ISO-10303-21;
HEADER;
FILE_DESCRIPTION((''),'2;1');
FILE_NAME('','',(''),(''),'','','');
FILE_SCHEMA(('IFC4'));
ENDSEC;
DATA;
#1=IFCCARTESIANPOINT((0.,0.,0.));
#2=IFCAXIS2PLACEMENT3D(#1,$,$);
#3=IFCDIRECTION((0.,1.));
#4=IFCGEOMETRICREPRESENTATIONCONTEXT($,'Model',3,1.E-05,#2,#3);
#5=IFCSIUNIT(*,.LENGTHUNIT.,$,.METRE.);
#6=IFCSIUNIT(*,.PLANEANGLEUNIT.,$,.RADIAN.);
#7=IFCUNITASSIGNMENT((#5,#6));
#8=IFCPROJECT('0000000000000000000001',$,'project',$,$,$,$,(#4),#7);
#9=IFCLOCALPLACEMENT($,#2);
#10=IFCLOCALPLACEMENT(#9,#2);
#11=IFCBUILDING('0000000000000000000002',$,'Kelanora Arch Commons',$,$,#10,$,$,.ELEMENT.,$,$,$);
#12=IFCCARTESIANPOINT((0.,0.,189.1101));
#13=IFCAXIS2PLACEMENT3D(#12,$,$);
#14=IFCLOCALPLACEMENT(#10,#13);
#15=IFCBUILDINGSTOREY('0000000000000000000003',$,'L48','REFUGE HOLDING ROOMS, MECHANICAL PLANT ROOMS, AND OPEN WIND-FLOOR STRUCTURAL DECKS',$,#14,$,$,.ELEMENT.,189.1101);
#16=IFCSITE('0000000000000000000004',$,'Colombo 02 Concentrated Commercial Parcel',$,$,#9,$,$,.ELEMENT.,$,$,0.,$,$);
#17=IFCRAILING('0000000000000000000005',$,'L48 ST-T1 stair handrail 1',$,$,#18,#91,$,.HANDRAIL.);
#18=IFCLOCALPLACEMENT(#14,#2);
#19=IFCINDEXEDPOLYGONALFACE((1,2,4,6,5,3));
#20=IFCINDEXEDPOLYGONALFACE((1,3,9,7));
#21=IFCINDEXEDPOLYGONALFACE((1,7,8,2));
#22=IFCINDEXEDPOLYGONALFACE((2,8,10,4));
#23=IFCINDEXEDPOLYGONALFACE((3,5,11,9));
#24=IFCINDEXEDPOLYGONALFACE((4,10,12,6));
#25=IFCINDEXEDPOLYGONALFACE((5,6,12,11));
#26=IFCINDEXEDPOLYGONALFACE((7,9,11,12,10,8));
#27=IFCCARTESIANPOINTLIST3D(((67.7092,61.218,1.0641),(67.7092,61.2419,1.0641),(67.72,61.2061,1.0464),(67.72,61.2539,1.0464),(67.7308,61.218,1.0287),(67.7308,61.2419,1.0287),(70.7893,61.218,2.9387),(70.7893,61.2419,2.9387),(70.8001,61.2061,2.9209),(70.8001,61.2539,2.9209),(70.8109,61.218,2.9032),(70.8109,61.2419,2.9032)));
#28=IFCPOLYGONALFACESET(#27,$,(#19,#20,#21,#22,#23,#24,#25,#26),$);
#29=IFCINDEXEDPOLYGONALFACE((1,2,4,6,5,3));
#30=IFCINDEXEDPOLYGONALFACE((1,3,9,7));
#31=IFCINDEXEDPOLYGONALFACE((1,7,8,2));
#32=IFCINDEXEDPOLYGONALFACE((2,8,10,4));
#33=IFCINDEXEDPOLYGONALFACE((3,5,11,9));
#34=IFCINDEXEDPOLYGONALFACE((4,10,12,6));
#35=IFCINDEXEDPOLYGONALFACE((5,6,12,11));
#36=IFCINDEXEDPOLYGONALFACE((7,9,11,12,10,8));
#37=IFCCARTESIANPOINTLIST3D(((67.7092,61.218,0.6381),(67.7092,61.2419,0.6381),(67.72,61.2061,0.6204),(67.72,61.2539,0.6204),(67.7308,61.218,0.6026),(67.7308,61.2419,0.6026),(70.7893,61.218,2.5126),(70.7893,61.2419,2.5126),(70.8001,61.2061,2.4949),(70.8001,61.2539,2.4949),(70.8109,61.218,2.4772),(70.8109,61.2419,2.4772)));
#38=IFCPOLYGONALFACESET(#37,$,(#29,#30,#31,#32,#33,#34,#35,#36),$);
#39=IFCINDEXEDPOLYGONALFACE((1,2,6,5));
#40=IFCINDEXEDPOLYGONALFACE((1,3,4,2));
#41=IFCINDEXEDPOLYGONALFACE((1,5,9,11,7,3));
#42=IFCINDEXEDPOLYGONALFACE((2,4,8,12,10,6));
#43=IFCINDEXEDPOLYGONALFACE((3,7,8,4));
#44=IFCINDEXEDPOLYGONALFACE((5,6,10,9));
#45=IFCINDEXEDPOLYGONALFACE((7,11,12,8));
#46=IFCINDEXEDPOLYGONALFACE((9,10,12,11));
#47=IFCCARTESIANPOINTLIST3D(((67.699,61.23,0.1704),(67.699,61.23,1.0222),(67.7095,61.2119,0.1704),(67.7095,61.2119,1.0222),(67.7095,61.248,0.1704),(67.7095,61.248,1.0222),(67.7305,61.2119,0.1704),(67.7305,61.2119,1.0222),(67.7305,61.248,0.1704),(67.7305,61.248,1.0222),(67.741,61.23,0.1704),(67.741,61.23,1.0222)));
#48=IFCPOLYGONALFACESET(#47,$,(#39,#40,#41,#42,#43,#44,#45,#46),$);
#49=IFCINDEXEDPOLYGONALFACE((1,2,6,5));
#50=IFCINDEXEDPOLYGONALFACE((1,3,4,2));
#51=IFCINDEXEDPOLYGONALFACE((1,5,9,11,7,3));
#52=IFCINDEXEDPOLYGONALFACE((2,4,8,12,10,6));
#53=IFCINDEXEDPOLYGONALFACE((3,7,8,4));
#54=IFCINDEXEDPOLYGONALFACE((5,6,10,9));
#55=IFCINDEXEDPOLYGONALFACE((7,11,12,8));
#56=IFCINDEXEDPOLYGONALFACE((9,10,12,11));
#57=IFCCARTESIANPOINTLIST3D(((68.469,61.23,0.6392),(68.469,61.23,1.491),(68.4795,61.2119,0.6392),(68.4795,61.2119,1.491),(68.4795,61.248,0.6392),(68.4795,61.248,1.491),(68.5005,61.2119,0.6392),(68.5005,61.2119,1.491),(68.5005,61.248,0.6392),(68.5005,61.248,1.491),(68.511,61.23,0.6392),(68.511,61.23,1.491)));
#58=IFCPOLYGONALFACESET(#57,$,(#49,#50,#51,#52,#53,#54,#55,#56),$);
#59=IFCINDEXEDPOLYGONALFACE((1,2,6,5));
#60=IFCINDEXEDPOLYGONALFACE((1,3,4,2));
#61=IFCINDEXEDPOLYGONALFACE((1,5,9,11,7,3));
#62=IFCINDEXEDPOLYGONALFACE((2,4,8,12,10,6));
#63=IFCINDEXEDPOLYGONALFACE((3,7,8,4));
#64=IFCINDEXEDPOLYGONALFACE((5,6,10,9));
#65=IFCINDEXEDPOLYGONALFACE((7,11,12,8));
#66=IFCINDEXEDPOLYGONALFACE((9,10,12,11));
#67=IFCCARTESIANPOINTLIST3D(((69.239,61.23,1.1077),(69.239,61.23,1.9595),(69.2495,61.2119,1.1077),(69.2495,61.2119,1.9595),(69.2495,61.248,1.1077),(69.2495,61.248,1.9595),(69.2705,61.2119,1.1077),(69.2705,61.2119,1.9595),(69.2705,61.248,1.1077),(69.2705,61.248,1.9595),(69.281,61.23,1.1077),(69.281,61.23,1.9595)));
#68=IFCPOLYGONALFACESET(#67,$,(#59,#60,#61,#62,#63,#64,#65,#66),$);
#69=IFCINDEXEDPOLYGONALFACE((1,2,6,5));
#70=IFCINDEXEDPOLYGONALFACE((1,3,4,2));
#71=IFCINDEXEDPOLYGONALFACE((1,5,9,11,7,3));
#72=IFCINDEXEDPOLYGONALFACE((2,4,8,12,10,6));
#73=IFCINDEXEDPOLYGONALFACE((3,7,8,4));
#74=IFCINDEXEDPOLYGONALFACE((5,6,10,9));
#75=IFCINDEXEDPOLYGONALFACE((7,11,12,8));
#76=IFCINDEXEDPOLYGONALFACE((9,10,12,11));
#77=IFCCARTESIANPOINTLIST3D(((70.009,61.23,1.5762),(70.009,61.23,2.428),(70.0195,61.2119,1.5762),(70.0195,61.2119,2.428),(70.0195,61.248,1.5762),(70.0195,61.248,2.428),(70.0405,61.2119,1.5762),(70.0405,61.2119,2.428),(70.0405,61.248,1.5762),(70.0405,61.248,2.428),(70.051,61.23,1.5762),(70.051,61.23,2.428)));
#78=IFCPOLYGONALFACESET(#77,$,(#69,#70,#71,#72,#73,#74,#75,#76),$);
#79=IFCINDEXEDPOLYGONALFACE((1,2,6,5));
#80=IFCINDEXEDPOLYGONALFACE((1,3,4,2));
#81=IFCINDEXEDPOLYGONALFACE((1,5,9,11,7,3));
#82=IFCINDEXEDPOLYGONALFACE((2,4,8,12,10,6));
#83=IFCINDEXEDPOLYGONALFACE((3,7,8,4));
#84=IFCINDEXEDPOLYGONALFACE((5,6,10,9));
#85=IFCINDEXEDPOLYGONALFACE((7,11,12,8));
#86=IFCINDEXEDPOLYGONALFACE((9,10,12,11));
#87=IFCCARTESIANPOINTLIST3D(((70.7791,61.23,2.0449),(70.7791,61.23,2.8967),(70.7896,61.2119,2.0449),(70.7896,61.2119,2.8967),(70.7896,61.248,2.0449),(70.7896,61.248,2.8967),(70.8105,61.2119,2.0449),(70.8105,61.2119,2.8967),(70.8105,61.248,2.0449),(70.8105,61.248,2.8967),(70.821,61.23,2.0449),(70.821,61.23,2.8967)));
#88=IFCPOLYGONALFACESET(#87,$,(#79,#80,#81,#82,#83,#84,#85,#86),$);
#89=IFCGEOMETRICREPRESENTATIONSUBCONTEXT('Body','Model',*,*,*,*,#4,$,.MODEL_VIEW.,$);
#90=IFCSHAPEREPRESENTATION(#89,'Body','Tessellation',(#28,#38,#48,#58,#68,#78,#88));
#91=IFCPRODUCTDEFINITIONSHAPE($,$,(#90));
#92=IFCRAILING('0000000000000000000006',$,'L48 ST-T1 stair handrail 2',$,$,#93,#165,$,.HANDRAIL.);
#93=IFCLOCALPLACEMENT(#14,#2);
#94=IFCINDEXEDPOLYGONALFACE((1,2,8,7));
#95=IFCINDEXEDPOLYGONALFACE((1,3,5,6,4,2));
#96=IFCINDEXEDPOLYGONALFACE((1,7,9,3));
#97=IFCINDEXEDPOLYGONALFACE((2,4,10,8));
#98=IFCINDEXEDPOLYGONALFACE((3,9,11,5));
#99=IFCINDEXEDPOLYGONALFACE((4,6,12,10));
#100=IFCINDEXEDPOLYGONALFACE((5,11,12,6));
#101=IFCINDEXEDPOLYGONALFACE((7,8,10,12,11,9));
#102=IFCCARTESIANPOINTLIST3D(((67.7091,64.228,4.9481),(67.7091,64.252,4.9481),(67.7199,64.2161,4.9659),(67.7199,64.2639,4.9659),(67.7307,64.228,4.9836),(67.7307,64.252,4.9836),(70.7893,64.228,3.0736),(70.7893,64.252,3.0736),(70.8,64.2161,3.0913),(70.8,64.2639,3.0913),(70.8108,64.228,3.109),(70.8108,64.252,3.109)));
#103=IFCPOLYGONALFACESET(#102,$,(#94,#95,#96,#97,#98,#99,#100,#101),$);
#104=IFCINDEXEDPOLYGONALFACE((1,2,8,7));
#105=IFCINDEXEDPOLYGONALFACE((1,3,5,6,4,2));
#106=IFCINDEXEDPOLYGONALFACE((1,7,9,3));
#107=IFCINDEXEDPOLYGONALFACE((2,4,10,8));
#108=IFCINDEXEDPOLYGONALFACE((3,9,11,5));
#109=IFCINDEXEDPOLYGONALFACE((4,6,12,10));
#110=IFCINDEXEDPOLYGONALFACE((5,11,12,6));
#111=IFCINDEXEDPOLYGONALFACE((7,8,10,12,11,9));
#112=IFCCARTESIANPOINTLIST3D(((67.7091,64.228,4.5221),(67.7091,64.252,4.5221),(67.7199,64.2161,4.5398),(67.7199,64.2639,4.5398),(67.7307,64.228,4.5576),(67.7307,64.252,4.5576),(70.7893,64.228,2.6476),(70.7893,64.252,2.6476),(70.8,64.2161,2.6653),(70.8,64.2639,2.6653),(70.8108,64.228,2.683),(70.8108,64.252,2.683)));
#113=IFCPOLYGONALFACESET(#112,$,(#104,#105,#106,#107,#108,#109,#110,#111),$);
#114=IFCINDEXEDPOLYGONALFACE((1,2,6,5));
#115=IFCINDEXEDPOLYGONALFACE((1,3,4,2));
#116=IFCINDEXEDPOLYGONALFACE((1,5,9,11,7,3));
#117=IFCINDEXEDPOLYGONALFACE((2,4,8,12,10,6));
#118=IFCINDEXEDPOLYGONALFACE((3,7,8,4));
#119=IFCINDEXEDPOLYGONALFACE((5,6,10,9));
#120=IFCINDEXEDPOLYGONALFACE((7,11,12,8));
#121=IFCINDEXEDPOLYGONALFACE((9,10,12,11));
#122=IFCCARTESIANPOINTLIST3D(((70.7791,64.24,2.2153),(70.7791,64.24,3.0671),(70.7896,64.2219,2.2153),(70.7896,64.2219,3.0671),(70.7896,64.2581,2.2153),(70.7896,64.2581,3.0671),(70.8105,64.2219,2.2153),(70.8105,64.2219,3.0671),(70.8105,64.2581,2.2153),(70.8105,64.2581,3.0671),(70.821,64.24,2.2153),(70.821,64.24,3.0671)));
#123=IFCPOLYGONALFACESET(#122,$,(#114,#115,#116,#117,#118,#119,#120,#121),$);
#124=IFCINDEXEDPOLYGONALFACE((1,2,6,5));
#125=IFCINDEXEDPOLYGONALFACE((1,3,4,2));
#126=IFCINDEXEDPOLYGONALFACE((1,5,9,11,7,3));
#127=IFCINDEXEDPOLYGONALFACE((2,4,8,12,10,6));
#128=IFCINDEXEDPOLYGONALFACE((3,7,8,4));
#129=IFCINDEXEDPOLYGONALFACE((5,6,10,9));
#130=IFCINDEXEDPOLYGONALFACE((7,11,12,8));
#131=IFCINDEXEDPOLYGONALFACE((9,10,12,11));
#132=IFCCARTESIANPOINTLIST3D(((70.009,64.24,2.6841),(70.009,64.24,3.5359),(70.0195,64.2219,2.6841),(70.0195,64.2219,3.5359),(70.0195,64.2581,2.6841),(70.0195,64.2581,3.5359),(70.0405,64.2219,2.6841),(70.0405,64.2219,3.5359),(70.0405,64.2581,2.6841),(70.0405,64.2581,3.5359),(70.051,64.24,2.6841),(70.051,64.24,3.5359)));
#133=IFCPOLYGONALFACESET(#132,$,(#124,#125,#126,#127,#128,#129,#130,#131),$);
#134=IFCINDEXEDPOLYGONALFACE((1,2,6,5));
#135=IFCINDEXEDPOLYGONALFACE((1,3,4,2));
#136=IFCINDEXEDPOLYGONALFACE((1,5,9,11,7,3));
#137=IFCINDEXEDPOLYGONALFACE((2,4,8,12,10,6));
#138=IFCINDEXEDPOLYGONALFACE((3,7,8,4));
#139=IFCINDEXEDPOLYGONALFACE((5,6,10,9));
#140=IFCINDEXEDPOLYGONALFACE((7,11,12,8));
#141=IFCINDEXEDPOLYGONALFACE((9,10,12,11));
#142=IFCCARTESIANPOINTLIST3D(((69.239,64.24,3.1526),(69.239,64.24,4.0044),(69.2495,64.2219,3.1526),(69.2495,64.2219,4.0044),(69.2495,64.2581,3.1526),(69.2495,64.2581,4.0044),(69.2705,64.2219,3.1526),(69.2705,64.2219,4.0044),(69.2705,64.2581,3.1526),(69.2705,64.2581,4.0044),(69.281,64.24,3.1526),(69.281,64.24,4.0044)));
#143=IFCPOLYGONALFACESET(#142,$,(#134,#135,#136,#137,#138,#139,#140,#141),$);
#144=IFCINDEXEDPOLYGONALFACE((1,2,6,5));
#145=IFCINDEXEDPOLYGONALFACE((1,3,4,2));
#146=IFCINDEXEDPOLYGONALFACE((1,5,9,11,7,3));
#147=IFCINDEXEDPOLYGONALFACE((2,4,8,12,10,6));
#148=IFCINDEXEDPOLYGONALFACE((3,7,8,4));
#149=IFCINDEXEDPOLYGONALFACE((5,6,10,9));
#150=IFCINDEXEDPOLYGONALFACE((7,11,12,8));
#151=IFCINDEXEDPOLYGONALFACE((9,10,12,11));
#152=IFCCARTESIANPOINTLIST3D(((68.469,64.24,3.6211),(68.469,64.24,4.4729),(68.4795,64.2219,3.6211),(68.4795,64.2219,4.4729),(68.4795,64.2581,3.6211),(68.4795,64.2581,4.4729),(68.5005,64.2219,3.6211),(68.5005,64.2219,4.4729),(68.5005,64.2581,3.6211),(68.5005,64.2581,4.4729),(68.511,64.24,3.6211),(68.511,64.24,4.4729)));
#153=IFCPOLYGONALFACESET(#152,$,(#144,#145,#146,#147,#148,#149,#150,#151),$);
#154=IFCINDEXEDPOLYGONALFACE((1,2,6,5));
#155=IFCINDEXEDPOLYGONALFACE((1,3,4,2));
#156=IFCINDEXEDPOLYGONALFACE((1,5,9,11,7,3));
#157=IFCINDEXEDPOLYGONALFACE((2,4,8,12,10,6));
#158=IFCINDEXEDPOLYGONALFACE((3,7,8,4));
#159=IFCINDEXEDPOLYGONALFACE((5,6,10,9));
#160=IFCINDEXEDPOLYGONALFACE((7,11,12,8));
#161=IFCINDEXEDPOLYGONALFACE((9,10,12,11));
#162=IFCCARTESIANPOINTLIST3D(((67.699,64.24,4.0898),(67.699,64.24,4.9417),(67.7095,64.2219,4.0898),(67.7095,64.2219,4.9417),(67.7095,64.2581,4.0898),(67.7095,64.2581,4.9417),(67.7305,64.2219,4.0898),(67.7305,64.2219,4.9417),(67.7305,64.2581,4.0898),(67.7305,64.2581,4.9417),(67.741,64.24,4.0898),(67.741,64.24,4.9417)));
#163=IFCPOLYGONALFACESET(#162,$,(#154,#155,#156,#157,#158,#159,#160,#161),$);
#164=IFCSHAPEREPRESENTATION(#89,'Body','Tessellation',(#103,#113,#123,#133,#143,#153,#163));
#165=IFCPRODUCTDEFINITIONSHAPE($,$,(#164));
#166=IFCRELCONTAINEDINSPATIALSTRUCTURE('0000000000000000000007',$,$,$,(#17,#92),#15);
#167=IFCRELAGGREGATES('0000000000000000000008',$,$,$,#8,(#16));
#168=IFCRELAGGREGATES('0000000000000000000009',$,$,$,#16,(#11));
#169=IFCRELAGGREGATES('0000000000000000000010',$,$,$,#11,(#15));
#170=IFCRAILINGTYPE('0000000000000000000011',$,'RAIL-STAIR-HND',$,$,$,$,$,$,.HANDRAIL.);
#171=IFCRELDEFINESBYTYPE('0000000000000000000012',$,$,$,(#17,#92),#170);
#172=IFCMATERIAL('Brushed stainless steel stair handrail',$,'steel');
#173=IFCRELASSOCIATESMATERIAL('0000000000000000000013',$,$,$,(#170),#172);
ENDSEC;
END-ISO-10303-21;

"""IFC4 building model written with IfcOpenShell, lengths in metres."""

from ifc_helpers import new_model, si_unit, direction, frame, origin, place, context, subcontext, project, spatial, polyline, outline, extrude, material, type_object, element, save


model = new_model("IFC4")

# Units and contexts
model_context = context("Model", 3, precision=1e-05, world=origin(), true_north=direction((0.0, 1.0)))
body_context = subcontext(model_context, "Body", "Model", "MODEL_VIEW")
ifc_project = project(units=[si_unit("LENGTHUNIT", "METRE"), si_unit("PLANEANGLEUNIT", "RADIAN")], contexts=[model_context])

# Site, building, storey
site_placement = place(None, origin())
site = spatial("IfcSite", under=ifc_project, at=site_placement, Name="Colombo 02 Concentrated Commercial Parcel", CompositionType="ELEMENT", RefElevation=0.0)
building_placement = place(site_placement, origin())
building = spatial("IfcBuilding", under=site, at=building_placement, Name="Kelanora Arch Commons", CompositionType="ELEMENT")
storey_placement = place(building_placement, frame((0.0, 0.0, 189.1101)))
storey = spatial("IfcBuildingStorey", under=building, at=storey_placement, Name="L48", Description="REFUGE HOLDING ROOMS, MECHANICAL PLANT ROOMS, AND OPEN WIND-FLOOR STRUCTURAL DECKS", CompositionType="ELEMENT", Elevation=189.1101)

# Railings
ifc_material_1 = material(Name="Brushed stainless steel stair handrail", Category="steel")
railing_type_1 = type_object("IfcRailingType", Name="RAIL-STAIR-HND", PredefinedType="HANDRAIL", material=ifc_material_1)
railing_1_placement = place(storey_placement, frame((67.72, 61.23, 0.1704)))
element("IfcRailing", 1, at=railing_1_placement, inside=storey, type_object=railing_type_1, Name="L48 ST-T1 stair handrail 1", PredefinedType="HANDRAIL", context=body_context, shape_type="SweptSolid", body=[
    extrude(outline(polyline([(0.0239, 0.0), (0.012, 0.0208), (-0.012, 0.0208), (-0.0239, 0.0), (-0.012, -0.0208), (0.012, -0.0208), (0.0239, 0.0)])), frame((0.0, 0.0, 0.876), z_axis=(0.854238, 0.0, 0.519883), x_axis=(0.0, 1.0, 0.0)), (0.0, 0.0, 1.0), 3.6057),
    extrude(outline(polyline([(0.0239, 0.0), (0.012, 0.0208), (-0.012, 0.0208), (-0.0239, 0.0), (-0.012, -0.0208), (0.012, -0.0208), (0.0239, 0.0)])), frame((0.0, 0.0, 0.45), z_axis=(0.854238, 0.0, 0.519883), x_axis=(0.0, 1.0, 0.0)), (0.0, 0.0, 1.0), 3.6057),
    extrude(outline(polyline([(0.021, 0.0), (0.0105, 0.0181), (-0.0105, 0.0181), (-0.021, 0.0), (-0.0105, -0.0181), (0.0105, -0.0181), (0.021, 0.0)])), origin(), (0.0, 0.0, 1.0), 0.8518),
    extrude(outline(polyline([(0.021, 0.0), (0.0105, 0.0181), (-0.0105, 0.0181), (-0.021, 0.0), (-0.0105, -0.0181), (0.0105, -0.0181), (0.021, 0.0)])), frame((0.77, 0.0, 0.4688)), (0.0, 0.0, 1.0), 0.8518),
    extrude(outline(polyline([(0.021, 0.0), (0.0105, 0.0181), (-0.0105, 0.0181), (-0.021, 0.0), (-0.0105, -0.0181), (0.0105, -0.0181), (0.021, 0.0)])), frame((1.54, 0.0, 0.9373)), (0.0, 0.0, 1.0), 0.8518),
    extrude(outline(polyline([(0.021, 0.0), (0.0105, 0.0181), (-0.0105, 0.0181), (-0.021, 0.0), (-0.0105, -0.0181), (0.0105, -0.0181), (0.021, 0.0)])), frame((2.3101, 0.0, 1.4058)), (0.0, 0.0, 1.0), 0.8518),
    extrude(outline(polyline([(0.021, 0.0), (0.0105, 0.0181), (-0.0105, 0.0181), (-0.021, 0.0), (-0.0105, -0.0181), (0.0105, -0.0181), (0.021, 0.0)])), frame((3.0801, 0.0, 1.8745)), (0.0, 0.0, 1.0), 0.8518),
])
railing_2_placement = place(storey_placement, frame((70.8, 64.24, 2.2153)))
element("IfcRailing", 2, at=railing_2_placement, inside=storey, type_object=railing_type_1, Name="L48 ST-T1 stair handrail 2", PredefinedType="HANDRAIL", context=body_context, shape_type="SweptSolid", body=[
    extrude(outline(polyline([(0.0239, 0.0), (0.012, 0.0208), (-0.012, 0.0208), (-0.0239, 0.0), (-0.012, -0.0208), (0.012, -0.0208), (0.0239, 0.0)])), frame((0.0, 0.0, 0.876), z_axis=(-0.854238, 0.0, 0.519883), x_axis=(0.0, -1.0, 0.0)), (0.0, 0.0, 1.0), 3.6057),
    extrude(outline(polyline([(0.0239, 0.0), (0.012, 0.0208), (-0.012, 0.0208), (-0.0239, 0.0), (-0.012, -0.0208), (0.012, -0.0208), (0.0239, 0.0)])), frame((0.0, 0.0, 0.45), z_axis=(-0.854238, 0.0, 0.519883), x_axis=(0.0, -1.0, 0.0)), (0.0, 0.0, 1.0), 3.6057),
    extrude(outline(polyline([(0.021, 0.0), (0.0105, 0.0181), (-0.0105, 0.0181), (-0.021, 0.0), (-0.0105, -0.0181), (0.0105, -0.0181), (0.021, 0.0)])), origin(), (0.0, 0.0, 1.0), 0.8518),
    extrude(outline(polyline([(0.021, 0.0), (0.0105, 0.0181), (-0.0105, 0.0181), (-0.021, 0.0), (-0.0105, -0.0181), (0.0105, -0.0181), (0.021, 0.0)])), frame((-0.77, 0.0, 0.4688)), (0.0, 0.0, 1.0), 0.8518),
    extrude(outline(polyline([(0.021, 0.0), (0.0105, 0.0181), (-0.0105, 0.0181), (-0.021, 0.0), (-0.0105, -0.0181), (0.0105, -0.0181), (0.021, 0.0)])), frame((-1.54, 0.0, 0.9373)), (0.0, 0.0, 1.0), 0.8518),
    extrude(outline(polyline([(0.021, 0.0), (0.0105, 0.0181), (-0.0105, 0.0181), (-0.021, 0.0), (-0.0105, -0.0181), (0.0105, -0.0181), (0.021, 0.0)])), frame((-2.3101, 0.0, 1.4058)), (0.0, 0.0, 1.0), 0.8518),
    extrude(outline(polyline([(0.021, 0.0), (0.0105, 0.0181), (-0.0105, 0.0181), (-0.021, 0.0), (-0.0105, -0.0181), (0.0105, -0.0181), (0.021, 0.0)])), frame((-3.0801, 0.0, 1.8745)), (0.0, 0.0, 1.0), 0.8518),
])

save(model, "model.ifc")
